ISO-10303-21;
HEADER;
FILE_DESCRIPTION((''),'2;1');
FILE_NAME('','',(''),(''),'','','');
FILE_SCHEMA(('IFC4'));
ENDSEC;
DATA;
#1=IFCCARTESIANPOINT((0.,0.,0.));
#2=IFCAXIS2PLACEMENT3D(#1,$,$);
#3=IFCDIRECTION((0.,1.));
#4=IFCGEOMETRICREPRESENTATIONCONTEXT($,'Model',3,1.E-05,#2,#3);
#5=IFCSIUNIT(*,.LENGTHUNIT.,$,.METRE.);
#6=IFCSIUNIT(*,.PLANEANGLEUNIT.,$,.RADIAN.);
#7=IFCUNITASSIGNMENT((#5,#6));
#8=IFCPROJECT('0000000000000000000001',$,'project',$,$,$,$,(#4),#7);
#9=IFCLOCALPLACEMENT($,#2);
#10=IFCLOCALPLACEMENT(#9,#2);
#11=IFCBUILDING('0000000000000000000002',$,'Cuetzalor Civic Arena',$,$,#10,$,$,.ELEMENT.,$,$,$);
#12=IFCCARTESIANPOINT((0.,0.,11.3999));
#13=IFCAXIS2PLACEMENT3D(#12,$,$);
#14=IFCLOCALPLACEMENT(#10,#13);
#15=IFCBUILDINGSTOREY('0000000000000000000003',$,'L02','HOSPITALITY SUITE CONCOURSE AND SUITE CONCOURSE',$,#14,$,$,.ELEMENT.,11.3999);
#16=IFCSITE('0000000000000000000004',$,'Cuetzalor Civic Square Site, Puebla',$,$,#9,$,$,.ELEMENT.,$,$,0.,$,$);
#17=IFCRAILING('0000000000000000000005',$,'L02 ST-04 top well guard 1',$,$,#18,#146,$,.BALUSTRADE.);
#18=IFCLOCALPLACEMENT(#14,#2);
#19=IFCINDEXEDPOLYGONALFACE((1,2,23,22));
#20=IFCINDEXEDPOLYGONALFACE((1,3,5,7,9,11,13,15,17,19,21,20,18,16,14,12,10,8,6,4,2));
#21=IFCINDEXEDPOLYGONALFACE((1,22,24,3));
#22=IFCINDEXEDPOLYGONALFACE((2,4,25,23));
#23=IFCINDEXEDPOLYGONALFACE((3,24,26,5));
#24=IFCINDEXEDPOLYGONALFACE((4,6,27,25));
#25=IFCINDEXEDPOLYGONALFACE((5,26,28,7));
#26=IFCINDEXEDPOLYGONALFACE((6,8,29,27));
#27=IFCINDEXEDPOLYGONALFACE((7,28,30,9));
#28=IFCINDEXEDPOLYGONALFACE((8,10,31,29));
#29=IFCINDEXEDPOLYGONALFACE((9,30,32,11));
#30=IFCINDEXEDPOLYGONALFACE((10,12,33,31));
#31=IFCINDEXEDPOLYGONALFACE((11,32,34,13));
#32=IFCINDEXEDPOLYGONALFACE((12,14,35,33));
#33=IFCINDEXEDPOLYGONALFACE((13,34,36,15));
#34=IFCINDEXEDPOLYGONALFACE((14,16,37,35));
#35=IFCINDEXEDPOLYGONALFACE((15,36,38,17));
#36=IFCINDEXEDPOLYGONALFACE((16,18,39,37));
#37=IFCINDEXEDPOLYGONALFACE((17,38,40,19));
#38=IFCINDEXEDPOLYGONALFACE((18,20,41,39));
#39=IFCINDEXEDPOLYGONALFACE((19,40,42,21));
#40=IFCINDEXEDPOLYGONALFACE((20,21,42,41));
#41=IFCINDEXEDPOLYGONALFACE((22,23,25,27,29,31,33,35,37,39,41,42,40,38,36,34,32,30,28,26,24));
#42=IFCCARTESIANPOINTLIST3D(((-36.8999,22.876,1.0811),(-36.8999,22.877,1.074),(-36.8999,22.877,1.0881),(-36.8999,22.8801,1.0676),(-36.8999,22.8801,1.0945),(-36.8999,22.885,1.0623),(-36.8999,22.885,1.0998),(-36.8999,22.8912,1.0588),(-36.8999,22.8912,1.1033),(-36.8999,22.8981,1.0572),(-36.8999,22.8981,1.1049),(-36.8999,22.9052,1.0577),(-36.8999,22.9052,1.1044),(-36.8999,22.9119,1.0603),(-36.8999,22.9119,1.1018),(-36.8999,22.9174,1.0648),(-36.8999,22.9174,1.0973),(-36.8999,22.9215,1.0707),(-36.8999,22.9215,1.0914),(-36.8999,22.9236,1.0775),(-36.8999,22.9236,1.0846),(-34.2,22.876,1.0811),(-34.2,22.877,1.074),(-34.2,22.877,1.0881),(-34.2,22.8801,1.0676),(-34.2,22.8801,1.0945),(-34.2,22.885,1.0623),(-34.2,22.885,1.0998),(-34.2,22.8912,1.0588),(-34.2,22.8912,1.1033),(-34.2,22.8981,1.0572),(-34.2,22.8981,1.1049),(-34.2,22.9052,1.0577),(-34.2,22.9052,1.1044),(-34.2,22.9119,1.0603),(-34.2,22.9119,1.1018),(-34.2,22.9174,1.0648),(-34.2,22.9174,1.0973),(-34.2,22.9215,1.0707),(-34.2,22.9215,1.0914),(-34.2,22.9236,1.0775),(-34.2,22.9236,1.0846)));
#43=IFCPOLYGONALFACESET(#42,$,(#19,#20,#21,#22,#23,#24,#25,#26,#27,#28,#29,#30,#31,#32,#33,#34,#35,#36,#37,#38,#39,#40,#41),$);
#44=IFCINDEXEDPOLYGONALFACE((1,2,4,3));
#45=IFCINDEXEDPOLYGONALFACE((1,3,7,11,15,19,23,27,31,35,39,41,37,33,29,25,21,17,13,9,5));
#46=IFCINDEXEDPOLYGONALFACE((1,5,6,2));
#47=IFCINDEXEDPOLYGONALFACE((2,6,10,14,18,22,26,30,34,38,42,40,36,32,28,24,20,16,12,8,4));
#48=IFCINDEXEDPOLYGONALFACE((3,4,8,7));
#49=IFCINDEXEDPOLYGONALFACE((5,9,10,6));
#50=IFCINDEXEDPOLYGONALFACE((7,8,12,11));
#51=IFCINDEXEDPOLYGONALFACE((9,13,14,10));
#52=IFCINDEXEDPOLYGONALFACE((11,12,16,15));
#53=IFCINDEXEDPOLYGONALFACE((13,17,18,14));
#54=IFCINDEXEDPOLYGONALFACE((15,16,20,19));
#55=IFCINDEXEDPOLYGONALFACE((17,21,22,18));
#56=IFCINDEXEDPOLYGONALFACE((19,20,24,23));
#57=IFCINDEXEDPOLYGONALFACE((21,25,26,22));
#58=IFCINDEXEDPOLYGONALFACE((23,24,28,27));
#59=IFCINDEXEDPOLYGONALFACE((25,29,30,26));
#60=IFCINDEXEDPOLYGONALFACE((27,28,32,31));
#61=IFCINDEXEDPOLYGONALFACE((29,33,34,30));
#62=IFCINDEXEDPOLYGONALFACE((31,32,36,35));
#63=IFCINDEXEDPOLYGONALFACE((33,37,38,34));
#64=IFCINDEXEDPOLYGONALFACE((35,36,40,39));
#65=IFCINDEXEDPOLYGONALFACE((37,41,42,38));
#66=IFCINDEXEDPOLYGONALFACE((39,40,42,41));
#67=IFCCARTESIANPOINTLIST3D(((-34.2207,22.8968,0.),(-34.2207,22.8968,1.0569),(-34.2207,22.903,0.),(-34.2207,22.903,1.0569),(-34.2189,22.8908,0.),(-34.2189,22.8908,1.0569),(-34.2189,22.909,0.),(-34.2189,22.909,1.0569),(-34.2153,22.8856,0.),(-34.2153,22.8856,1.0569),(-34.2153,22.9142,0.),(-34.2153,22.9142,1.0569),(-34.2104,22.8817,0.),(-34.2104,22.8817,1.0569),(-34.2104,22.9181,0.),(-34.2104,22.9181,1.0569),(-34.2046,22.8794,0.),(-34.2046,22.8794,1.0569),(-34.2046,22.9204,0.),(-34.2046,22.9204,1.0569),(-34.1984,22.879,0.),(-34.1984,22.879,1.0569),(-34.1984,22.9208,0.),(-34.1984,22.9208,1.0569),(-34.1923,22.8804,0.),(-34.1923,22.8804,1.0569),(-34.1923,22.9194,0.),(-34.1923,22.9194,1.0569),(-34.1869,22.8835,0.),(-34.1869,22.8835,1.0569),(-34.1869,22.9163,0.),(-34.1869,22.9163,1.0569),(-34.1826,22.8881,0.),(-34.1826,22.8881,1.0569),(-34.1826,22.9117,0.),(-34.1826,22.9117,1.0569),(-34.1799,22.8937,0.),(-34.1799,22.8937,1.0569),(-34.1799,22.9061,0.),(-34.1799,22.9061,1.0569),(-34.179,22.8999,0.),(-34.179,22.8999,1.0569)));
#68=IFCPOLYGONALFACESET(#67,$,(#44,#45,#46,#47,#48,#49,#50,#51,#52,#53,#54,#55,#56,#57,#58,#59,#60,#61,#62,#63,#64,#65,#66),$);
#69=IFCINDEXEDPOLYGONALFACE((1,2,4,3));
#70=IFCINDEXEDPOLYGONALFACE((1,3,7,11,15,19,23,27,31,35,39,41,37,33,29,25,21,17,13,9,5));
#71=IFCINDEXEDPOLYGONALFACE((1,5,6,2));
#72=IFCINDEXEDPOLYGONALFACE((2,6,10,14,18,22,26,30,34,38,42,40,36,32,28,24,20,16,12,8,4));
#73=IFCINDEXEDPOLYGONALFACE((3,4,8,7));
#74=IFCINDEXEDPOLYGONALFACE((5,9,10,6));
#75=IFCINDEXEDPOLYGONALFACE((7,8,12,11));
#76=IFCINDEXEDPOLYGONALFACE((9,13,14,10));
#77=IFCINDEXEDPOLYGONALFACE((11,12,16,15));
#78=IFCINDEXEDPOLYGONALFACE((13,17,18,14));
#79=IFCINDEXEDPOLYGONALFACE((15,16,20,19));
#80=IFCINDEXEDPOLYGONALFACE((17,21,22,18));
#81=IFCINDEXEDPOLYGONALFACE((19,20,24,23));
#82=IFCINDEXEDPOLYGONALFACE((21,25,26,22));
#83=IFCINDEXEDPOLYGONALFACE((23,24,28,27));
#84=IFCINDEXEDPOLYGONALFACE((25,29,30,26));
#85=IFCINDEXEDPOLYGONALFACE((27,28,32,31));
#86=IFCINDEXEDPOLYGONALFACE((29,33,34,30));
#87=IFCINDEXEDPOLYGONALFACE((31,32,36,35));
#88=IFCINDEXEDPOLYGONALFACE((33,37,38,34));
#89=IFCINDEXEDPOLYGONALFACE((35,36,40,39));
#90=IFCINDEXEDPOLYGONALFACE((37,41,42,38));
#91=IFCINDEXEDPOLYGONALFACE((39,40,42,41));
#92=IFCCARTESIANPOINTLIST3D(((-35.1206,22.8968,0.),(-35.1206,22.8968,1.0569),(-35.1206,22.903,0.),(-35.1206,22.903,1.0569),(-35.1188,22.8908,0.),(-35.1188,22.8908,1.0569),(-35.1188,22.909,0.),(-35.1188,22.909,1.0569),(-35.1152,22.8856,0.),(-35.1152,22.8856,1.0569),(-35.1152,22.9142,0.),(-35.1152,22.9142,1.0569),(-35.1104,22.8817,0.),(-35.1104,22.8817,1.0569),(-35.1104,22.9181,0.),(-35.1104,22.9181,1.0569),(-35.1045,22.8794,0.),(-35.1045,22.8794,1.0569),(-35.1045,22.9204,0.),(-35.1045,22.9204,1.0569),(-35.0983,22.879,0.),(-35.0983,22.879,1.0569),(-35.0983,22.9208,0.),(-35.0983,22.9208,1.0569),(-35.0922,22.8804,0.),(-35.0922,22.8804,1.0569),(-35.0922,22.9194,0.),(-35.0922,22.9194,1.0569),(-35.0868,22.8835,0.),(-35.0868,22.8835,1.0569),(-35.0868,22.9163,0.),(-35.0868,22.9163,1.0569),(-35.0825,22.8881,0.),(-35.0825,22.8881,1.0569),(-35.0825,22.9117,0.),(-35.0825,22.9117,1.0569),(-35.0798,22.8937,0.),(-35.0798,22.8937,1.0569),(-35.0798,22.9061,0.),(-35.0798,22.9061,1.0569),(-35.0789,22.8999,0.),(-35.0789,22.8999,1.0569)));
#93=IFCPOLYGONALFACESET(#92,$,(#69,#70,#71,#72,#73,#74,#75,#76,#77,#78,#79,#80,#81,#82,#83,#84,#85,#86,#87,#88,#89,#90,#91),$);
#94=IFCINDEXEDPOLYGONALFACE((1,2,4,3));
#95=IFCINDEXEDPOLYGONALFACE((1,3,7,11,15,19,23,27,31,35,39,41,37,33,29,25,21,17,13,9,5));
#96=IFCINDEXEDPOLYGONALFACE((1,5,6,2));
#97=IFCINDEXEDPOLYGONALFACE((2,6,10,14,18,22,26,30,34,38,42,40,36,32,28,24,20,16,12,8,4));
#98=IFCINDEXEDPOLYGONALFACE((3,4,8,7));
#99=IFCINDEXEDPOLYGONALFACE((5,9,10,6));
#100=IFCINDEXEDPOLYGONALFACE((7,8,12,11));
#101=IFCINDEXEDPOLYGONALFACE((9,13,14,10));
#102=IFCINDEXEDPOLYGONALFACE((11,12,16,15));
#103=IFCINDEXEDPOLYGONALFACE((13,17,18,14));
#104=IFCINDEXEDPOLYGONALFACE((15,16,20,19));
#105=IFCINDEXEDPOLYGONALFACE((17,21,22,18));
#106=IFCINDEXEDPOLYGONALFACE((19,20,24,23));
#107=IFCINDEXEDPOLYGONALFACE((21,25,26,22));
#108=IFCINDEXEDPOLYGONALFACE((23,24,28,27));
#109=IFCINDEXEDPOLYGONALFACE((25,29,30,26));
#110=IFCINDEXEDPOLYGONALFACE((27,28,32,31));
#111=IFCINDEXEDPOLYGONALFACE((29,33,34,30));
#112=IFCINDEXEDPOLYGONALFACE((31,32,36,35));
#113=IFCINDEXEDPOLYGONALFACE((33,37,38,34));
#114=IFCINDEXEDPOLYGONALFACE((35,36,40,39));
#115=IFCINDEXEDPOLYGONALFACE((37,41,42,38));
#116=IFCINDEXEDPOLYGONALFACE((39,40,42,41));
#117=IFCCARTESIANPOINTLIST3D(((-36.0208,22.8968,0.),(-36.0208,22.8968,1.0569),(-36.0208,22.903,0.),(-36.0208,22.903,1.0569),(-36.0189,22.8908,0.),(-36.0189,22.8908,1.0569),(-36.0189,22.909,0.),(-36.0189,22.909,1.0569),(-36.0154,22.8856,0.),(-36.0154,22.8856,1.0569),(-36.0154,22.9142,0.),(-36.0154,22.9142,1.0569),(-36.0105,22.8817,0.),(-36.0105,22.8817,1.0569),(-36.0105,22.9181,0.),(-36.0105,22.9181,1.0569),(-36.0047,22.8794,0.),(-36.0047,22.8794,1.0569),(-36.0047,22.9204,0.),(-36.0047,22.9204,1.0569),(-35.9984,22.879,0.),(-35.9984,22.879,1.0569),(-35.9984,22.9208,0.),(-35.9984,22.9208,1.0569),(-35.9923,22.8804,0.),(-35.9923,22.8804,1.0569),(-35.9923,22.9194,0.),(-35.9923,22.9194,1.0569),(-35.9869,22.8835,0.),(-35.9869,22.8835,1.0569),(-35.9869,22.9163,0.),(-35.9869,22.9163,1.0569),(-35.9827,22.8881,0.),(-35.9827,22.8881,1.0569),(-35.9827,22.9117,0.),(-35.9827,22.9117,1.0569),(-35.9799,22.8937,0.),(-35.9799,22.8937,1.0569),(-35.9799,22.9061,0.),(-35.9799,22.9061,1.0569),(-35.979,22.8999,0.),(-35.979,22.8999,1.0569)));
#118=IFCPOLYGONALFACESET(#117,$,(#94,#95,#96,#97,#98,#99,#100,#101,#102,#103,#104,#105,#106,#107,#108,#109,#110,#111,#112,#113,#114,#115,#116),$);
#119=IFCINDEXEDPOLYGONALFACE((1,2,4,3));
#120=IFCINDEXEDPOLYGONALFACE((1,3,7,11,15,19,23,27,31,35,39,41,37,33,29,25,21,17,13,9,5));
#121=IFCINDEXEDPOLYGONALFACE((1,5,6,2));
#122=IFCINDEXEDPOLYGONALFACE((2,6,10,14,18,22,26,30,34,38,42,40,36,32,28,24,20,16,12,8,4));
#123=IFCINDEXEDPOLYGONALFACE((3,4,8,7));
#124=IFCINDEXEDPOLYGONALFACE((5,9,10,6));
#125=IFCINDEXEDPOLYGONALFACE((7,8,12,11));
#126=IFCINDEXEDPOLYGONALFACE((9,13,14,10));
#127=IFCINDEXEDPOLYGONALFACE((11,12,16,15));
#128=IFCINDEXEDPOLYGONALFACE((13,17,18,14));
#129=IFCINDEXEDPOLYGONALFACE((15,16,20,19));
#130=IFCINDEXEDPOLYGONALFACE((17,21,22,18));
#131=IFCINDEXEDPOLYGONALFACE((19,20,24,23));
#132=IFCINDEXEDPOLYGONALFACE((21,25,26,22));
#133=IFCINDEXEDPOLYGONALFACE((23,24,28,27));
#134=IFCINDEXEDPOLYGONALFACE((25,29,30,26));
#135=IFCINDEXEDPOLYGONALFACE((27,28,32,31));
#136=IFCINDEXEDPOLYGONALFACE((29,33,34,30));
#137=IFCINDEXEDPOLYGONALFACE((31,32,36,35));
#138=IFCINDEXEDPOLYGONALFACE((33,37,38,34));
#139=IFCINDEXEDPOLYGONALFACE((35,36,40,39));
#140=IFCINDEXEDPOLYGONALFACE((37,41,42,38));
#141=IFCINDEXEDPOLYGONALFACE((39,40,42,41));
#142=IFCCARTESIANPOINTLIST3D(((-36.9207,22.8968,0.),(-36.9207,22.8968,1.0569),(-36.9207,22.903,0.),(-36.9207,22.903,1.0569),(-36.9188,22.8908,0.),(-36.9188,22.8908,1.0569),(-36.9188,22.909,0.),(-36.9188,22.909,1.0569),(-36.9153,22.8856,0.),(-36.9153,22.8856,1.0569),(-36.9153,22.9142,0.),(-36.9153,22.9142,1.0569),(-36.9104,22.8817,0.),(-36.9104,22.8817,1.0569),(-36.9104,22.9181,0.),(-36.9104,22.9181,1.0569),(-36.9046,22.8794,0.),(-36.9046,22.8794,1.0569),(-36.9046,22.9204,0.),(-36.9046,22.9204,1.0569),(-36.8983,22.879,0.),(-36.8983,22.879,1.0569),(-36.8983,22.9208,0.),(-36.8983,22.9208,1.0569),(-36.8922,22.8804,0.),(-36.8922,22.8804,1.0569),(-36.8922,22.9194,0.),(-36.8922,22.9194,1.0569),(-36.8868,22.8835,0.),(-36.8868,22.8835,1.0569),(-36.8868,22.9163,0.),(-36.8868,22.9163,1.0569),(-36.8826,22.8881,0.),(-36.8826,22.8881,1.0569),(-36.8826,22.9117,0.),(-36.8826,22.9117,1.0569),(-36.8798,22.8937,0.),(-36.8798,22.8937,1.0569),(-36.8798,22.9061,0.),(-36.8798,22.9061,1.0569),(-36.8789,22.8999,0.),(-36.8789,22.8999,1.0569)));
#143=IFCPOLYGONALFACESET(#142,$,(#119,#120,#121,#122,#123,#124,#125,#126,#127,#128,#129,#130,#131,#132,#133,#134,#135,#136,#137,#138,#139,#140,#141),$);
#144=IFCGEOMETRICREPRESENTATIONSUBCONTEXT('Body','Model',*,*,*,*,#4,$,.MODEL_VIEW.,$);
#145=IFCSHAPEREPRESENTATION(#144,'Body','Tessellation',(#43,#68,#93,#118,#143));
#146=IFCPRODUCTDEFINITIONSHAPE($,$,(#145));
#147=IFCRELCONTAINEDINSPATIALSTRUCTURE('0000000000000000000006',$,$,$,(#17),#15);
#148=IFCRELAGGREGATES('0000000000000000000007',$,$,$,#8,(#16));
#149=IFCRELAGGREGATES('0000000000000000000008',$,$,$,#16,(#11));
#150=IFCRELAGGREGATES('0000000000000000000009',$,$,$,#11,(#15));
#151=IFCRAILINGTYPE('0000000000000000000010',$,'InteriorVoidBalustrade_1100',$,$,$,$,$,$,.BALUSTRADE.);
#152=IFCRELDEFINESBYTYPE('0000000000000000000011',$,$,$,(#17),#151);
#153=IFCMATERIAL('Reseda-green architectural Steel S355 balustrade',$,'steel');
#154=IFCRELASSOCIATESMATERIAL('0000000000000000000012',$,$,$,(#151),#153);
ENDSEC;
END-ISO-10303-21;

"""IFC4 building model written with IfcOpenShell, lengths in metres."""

from ifc_helpers import new_model, si_unit, direction, frame, origin, origin_2d, place, context, subcontext, project, spatial, circle, extrude, material, type_object, element, save


model = new_model("IFC4")

# Units and contexts
model_context = context("Model", 3, precision=1e-05, world=origin(), true_north=direction((0.0, 1.0)))
body_context = subcontext(model_context, "Body", "Model", "MODEL_VIEW")
ifc_project = project(units=[si_unit("LENGTHUNIT", "METRE"), si_unit("PLANEANGLEUNIT", "RADIAN")], contexts=[model_context])

# Site, building, storey
site_placement = place(None, origin())
site = spatial("IfcSite", under=ifc_project, at=site_placement, Name="Cuetzalor Civic Square Site, Puebla", CompositionType="ELEMENT", RefElevation=0.0)
building_placement = place(site_placement, origin())
building = spatial("IfcBuilding", under=site, at=building_placement, Name="Cuetzalor Civic Arena", CompositionType="ELEMENT")
storey_placement = place(building_placement, frame((0.0, 0.0, 11.3999)))
storey = spatial("IfcBuildingStorey", under=building, at=storey_placement, Name="L02", Description="HOSPITALITY SUITE CONCOURSE AND SUITE CONCOURSE", CompositionType="ELEMENT", Elevation=11.3999)

# Railing
ifc_material_1 = material(Name="Reseda-green architectural Steel S355 balustrade", Category="steel")
railing_type_1 = type_object("IfcRailingType", Name="InteriorVoidBalustrade_1100", PredefinedType="BALUSTRADE", material=ifc_material_1)
railing_1_placement = place(storey_placement, frame((-34.2, 22.8999, 0.0)))
element("IfcRailing", 1, at=railing_1_placement, inside=storey, type_object=railing_type_1, Name="L02 ST-04 top well guard 1", PredefinedType="BALUSTRADE", context=body_context, shape_type="SweptSolid", body=[
    extrude(circle(Radius=0.0239, at=origin_2d()), frame((0.0, 0.0, 1.0811), z_axis=(-1.0, 0.0, 0.0), x_axis=(0.0, -1.0, 0.0)), (0.0, 0.0, 1.0), 2.7),
    extrude(circle(Radius=0.021, at=origin_2d()), origin(), (0.0, 0.0, 1.0), 1.0569),
    extrude(circle(Radius=0.021, at=origin_2d()), frame((-0.8999, 0.0, 0.0)), (0.0, 0.0, 1.0), 1.0569),
    extrude(circle(Radius=0.021, at=origin_2d()), frame((-1.8, 0.0, 0.0)), (0.0, 0.0, 1.0), 1.0569),
    extrude(circle(Radius=0.021, at=origin_2d()), frame((-2.7, 0.0, 0.0)), (0.0, 0.0, 1.0), 1.0569),
])

save(model, "model.ifc")
